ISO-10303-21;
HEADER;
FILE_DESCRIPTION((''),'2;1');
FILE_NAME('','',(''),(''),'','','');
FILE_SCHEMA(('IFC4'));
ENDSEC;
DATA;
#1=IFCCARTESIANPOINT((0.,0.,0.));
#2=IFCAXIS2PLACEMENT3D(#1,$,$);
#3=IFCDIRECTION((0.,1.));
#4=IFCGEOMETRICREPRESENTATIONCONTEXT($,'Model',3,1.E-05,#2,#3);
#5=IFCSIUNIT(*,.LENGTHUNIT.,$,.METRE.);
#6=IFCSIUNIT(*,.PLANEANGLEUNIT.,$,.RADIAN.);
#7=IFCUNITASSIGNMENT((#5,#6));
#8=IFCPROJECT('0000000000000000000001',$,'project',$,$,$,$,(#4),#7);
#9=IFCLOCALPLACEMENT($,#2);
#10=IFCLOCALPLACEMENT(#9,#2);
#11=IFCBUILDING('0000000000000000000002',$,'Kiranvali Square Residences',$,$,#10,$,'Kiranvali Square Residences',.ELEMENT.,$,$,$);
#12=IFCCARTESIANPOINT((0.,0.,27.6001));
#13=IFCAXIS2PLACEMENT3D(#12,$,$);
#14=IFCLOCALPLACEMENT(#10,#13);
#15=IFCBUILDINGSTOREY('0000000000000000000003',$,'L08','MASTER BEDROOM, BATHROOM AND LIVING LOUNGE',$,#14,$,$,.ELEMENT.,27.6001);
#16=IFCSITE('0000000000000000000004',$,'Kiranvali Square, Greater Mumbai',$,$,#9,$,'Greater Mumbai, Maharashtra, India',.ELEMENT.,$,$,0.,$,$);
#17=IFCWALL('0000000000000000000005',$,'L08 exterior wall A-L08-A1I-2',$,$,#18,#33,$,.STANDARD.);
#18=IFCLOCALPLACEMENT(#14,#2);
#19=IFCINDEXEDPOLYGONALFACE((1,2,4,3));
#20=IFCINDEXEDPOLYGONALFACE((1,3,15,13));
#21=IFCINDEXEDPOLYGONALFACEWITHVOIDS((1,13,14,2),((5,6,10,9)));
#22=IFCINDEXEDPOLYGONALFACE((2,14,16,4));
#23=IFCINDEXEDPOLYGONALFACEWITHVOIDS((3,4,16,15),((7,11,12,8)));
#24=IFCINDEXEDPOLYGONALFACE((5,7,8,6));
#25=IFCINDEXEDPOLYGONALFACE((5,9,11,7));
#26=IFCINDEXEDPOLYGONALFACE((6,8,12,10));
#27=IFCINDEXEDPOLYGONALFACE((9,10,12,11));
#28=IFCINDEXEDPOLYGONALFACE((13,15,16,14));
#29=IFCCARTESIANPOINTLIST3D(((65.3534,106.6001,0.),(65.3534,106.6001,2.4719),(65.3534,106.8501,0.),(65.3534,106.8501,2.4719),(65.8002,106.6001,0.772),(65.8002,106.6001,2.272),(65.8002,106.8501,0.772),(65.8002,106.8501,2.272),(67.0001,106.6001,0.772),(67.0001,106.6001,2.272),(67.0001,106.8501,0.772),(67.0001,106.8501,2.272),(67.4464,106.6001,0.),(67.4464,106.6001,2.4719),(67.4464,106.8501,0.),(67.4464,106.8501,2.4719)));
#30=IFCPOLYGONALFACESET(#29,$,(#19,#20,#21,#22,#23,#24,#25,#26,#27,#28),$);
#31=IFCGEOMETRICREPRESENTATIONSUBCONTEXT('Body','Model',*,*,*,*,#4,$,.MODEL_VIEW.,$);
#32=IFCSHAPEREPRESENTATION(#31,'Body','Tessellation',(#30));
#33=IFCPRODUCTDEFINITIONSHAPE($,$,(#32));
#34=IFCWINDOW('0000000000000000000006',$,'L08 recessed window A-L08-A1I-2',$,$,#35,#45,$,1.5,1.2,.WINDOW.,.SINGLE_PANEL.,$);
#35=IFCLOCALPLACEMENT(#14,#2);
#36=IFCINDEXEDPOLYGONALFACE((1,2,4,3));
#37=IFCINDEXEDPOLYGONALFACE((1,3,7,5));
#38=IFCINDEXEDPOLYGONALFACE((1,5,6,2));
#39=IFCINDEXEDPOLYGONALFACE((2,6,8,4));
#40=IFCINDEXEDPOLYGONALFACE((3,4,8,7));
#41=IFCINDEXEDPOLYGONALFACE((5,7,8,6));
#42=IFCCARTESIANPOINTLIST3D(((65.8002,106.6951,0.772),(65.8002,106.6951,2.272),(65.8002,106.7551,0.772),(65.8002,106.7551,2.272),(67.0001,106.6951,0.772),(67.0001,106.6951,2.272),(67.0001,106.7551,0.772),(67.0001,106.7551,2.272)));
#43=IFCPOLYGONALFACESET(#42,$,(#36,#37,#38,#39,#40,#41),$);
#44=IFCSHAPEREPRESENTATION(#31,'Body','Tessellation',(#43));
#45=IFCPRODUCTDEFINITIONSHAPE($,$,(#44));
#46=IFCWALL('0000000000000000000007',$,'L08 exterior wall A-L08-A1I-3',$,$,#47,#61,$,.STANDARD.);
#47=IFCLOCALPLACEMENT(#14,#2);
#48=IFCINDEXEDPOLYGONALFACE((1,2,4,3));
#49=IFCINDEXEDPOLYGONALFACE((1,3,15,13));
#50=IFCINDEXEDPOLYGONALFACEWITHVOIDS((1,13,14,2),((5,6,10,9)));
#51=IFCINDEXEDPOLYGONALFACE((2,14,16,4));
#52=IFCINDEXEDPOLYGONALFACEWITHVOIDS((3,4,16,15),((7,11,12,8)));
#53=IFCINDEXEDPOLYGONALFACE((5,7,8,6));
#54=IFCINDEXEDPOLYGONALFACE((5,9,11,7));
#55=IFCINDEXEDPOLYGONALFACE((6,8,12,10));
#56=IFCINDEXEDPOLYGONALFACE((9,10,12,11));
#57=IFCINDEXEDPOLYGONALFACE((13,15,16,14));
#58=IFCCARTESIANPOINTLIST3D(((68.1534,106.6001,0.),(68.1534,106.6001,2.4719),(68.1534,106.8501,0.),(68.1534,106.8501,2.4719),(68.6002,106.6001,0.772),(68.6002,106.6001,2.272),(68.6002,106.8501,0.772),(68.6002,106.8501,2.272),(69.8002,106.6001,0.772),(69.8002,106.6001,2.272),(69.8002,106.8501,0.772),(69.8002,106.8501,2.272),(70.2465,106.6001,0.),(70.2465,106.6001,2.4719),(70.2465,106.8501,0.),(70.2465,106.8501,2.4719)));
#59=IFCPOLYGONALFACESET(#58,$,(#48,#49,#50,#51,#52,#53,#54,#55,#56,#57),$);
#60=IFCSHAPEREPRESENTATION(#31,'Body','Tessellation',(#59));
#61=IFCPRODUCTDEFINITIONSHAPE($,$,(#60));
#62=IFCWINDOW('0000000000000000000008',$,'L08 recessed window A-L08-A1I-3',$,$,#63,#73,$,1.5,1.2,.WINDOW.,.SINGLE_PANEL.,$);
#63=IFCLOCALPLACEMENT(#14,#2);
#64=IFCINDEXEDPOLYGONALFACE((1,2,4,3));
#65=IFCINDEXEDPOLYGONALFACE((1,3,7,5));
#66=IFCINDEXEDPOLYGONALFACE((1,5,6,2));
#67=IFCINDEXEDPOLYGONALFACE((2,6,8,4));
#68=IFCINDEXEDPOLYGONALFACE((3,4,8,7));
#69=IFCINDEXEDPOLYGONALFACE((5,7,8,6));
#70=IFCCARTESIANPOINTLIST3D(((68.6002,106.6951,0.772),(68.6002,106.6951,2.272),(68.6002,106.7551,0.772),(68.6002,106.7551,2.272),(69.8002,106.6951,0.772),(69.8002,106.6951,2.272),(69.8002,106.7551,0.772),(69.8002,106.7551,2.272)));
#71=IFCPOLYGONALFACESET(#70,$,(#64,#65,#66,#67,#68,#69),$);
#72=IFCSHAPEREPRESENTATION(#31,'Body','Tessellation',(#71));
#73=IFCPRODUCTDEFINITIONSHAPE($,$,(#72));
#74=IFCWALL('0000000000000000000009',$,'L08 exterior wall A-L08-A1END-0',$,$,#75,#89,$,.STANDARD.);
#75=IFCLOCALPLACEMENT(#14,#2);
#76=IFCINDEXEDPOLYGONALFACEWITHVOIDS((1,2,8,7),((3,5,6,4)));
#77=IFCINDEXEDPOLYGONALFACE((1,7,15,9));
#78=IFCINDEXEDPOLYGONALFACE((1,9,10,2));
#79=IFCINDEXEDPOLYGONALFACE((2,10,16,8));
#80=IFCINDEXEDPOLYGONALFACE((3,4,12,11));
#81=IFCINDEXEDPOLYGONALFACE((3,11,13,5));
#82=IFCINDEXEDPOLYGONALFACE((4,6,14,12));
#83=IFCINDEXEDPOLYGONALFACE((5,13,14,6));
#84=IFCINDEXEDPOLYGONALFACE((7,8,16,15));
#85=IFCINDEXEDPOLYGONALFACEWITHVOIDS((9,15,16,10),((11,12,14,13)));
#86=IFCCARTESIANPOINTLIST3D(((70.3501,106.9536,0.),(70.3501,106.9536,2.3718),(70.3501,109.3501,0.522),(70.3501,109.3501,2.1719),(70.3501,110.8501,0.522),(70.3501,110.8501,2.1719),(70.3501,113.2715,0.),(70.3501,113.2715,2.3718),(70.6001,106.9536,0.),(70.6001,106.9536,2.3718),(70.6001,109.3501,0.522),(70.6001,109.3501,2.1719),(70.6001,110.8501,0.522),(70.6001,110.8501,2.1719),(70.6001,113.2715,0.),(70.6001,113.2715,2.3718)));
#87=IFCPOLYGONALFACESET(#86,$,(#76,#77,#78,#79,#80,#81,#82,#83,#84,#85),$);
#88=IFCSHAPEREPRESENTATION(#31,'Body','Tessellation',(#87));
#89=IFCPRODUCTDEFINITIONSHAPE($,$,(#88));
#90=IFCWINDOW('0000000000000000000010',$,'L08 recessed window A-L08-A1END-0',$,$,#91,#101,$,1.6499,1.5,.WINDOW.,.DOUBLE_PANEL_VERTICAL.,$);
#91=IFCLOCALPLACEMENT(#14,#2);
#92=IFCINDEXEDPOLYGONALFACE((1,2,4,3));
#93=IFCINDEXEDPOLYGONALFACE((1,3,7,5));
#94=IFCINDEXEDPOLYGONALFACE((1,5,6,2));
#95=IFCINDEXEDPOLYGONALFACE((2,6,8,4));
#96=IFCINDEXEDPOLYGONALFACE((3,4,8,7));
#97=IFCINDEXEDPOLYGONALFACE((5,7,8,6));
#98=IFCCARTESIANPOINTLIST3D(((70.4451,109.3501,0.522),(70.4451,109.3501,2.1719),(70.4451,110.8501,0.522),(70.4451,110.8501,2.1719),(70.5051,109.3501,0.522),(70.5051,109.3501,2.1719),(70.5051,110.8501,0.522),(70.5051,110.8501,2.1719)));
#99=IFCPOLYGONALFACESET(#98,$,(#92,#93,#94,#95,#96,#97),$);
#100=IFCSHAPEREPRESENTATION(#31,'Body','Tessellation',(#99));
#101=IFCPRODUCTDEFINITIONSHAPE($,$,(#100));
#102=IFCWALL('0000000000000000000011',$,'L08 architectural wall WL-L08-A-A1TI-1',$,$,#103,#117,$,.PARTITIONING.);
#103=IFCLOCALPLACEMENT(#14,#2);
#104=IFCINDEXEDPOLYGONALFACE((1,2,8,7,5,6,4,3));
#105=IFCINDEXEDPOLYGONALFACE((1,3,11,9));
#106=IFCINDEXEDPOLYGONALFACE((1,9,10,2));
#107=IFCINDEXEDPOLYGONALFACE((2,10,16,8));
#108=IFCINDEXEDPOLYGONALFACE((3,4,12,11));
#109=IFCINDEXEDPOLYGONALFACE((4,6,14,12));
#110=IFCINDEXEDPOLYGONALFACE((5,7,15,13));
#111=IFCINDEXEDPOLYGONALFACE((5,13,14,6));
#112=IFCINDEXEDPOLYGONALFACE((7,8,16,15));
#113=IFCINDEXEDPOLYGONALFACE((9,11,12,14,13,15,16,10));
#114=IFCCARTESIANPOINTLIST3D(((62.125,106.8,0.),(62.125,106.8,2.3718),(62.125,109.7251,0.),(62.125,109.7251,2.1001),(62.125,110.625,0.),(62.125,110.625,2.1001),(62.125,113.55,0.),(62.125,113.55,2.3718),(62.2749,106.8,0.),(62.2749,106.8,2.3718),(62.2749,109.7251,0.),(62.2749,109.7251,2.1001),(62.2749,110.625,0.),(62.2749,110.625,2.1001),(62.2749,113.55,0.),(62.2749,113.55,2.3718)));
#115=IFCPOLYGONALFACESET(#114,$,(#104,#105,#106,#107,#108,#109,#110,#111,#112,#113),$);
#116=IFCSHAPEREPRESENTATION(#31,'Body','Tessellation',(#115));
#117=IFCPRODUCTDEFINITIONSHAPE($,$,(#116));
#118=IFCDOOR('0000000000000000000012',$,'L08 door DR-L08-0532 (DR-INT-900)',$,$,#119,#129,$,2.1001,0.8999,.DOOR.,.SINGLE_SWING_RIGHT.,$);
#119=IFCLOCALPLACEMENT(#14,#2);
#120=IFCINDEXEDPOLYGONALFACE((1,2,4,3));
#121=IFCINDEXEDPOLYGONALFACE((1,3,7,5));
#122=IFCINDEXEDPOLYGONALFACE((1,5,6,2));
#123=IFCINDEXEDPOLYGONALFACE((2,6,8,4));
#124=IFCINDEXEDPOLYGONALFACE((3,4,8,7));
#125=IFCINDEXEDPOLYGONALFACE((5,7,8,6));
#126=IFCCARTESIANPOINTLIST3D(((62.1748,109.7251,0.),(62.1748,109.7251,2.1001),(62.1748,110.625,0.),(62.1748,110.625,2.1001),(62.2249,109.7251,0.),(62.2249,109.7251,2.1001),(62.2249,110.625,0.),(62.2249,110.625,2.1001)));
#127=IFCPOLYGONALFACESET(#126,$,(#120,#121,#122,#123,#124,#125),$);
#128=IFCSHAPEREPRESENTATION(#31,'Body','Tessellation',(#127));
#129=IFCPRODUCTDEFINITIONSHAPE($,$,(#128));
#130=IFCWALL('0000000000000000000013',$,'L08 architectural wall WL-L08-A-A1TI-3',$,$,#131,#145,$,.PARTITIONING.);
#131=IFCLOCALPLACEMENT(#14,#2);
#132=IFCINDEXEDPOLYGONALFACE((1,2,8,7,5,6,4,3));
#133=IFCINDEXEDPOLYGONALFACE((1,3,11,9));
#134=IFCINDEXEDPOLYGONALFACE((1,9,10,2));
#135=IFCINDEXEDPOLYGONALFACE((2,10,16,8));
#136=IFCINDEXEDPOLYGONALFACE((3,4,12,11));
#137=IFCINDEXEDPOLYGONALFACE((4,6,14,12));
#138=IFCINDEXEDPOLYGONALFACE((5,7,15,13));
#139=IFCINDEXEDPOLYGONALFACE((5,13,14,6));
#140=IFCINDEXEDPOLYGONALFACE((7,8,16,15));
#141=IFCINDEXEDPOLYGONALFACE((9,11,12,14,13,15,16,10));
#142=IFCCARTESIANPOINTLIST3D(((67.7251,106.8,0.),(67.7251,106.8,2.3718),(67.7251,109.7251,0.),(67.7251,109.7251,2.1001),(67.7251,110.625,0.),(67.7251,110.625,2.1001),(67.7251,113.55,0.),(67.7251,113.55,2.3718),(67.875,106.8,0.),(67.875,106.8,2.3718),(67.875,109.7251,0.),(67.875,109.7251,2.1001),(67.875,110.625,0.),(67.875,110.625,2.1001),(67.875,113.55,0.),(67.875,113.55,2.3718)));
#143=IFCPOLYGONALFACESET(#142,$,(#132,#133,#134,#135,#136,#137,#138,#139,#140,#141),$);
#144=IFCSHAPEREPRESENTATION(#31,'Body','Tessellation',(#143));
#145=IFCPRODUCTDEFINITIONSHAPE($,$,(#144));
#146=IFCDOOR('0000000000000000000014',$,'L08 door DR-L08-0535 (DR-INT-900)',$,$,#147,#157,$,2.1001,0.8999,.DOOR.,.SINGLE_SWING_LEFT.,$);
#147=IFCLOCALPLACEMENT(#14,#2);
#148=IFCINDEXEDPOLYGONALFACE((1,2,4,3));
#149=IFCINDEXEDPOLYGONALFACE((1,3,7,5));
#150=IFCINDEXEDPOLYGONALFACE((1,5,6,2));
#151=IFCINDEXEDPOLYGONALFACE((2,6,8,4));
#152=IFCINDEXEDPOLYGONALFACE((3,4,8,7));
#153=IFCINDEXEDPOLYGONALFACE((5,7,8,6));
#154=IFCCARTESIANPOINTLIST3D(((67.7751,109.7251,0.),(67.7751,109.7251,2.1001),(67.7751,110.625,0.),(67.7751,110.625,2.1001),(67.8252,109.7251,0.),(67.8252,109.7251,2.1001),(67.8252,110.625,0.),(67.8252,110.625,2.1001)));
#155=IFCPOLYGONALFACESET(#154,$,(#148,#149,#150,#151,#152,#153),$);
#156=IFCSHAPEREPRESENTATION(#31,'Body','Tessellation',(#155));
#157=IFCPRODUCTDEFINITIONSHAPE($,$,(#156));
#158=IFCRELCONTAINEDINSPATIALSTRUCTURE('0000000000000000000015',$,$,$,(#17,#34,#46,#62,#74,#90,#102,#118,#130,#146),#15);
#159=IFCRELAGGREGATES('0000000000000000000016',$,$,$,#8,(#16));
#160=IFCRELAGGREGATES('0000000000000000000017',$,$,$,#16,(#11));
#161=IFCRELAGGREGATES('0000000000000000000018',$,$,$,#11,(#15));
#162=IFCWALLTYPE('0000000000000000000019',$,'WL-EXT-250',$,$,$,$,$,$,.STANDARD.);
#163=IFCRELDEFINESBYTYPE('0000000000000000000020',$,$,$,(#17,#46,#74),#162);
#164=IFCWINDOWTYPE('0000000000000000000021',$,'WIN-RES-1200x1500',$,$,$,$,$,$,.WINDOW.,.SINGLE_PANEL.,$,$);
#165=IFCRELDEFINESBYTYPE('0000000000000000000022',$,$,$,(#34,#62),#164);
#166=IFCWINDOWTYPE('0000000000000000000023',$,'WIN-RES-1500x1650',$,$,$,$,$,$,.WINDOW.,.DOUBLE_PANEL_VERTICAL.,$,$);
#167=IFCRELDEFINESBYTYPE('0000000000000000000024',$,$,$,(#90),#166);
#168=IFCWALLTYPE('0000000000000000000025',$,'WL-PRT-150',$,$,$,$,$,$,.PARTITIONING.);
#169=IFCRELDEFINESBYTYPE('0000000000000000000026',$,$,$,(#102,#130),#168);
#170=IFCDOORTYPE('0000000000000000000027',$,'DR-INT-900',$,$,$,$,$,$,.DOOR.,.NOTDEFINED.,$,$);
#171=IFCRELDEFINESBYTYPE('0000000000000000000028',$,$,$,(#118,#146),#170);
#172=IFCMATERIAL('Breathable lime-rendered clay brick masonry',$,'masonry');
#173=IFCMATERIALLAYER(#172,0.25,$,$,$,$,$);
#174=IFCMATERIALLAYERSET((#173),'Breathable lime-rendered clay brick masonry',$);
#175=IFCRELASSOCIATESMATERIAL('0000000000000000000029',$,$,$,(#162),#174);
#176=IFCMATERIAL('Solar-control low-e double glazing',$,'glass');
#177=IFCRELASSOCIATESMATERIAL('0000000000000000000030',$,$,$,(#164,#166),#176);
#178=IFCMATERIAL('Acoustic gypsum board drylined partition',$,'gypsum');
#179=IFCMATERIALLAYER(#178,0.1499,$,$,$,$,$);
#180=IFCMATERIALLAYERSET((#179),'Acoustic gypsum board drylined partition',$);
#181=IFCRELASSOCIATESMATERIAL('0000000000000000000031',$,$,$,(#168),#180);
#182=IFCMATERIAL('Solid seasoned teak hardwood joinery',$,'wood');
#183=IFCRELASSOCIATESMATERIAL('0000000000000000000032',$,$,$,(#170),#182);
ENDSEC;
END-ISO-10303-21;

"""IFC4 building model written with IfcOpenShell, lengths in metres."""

from ifc_helpers import new_model, si_unit, direction, frame, frame_2d, origin, place, context, subcontext, project, spatial, rectangle, extrude, material, layer, layer_set, type_object, element, fill, save


model = new_model("IFC4")

# Units and contexts
model_context = context("Model", 3, precision=1e-05, world=origin(), true_north=direction((0.0, 1.0)))
body_context = subcontext(model_context, "Body", "Model", "MODEL_VIEW")
ifc_project = project(units=[si_unit("LENGTHUNIT", "METRE"), si_unit("PLANEANGLEUNIT", "RADIAN")], contexts=[model_context])

# Site, building, storey
site_placement = place(None, origin())
site = spatial("IfcSite", under=ifc_project, at=site_placement, Name="Kiranvali Square, Greater Mumbai", LongName="Greater Mumbai, Maharashtra, India", CompositionType="ELEMENT", RefElevation=0.0)
building_placement = place(site_placement, origin())
building = spatial("IfcBuilding", under=site, at=building_placement, Name="Kiranvali Square Residences", LongName="Kiranvali Square Residences", CompositionType="ELEMENT")
storey_placement = place(building_placement, frame((0.0, 0.0, 27.6001)))
storey = spatial("IfcBuildingStorey", under=building, at=storey_placement, Name="L08", Description="MASTER BEDROOM, BATHROOM AND LIVING LOUNGE", CompositionType="ELEMENT", Elevation=27.6001)

# Walls, openings, windows
ifc_material_1 = material(Name="Breathable lime-rendered clay brick masonry", Category="masonry")
ifc_layer_1 = layer(ifc_material_1, 0.25)
ifc_layer_set_1 = layer_set([ifc_layer_1], Name="Breathable lime-rendered clay brick masonry")
wall_type_1 = type_object("IfcWallType", Name="WL-EXT-250", PredefinedType="STANDARD", material=ifc_layer_set_1)
ifc_material_2 = material(Name="Solar-control low-e double glazing", Category="glass")
window_type_1 = type_object("IfcWindowType", Name="WIN-RES-1200x1500", PartitioningType="SINGLE_PANEL", PredefinedType="WINDOW", material=ifc_material_2)
wall_1_placement = place(storey_placement, frame((65.3535, 106.7251, 0.0), z_axis=(0.0, 0.0, 1.0), x_axis=(1.0, 0.0, 0.0)))
wall_1 = element("IfcWall", 1, at=wall_1_placement, inside=storey, type_object=wall_type_1, Name="L08 exterior wall A-L08-A1I-2", PredefinedType="STANDARD", context=body_context, shape_type="SweptSolid", body=[
    extrude(rectangle(XDim=2.093, YDim=0.25, at=frame_2d((1.0464, 0.0))), origin(), (0.0, 0.0, 1.0), 2.4719),
])
opening_1_placement = place(wall_1_placement, frame((0.4465, 0.0, 0.772)))
opening_1 = element("IfcOpeningElement", 2, at=opening_1_placement, cuts=wall_1, PredefinedType="OPENING", context=body_context, shape_type="SweptSolid", body=[
    extrude(rectangle(XDim=1.2, YDim=1.5, at=frame_2d((0.6001, 0.75))), frame((0.0, 0.135, 0.0), z_axis=(0.0, -1.0, 0.0), x_axis=(1.0, 0.0, 0.0)), (0.0, 0.0, 1.0), 0.27),
])
window_1_placement = place(opening_1_placement, origin())
window_1 = element("IfcWindow", 3, at=window_1_placement, inside=storey, type_object=window_type_1, Name="L08 recessed window A-L08-A1I-2", OverallHeight=1.5, OverallWidth=1.2, PartitioningType="SINGLE_PANEL", PredefinedType="WINDOW", context=body_context, shape_type="SweptSolid", body=[
    extrude(rectangle(XDim=1.2, YDim=1.5, at=frame_2d((0.6001, 0.75))), frame((0.0, 0.03, 0.0), z_axis=(0.0, -1.0, 0.0), x_axis=(1.0, 0.0, 0.0)), (0.0, 0.0, 1.0), 0.0601),
])
fill(opening_1, window_1)
wall_2_placement = place(storey_placement, frame((68.1536, 106.7251, 0.0), z_axis=(0.0, 0.0, 1.0), x_axis=(1.0, 0.0, 0.0)))
wall_2 = element("IfcWall", 4, at=wall_2_placement, inside=storey, type_object=wall_type_1, Name="L08 exterior wall A-L08-A1I-3", PredefinedType="STANDARD", context=body_context, shape_type="SweptSolid", body=[
    extrude(rectangle(XDim=2.093, YDim=0.25, at=frame_2d((1.0464, 0.0))), origin(), (0.0, 0.0, 1.0), 2.4719),
])
opening_2_placement = place(wall_2_placement, frame((0.4465, 0.0, 0.772)))
opening_2 = element("IfcOpeningElement", 5, at=opening_2_placement, cuts=wall_2, PredefinedType="OPENING", context=body_context, shape_type="SweptSolid", body=[
    extrude(rectangle(XDim=1.2, YDim=1.5, at=frame_2d((0.6001, 0.75))), frame((0.0, 0.135, 0.0), z_axis=(0.0, -1.0, 0.0), x_axis=(1.0, 0.0, 0.0)), (0.0, 0.0, 1.0), 0.27),
])
window_2_placement = place(opening_2_placement, origin())
window_2 = element("IfcWindow", 6, at=window_2_placement, inside=storey, type_object=window_type_1, Name="L08 recessed window A-L08-A1I-3", OverallHeight=1.5, OverallWidth=1.2, PartitioningType="SINGLE_PANEL", PredefinedType="WINDOW", context=body_context, shape_type="SweptSolid", body=[
    extrude(rectangle(XDim=1.2, YDim=1.5, at=frame_2d((0.6001, 0.75))), frame((0.0, 0.03, 0.0), z_axis=(0.0, -1.0, 0.0), x_axis=(1.0, 0.0, 0.0)), (0.0, 0.0, 1.0), 0.0601),
])
fill(opening_2, window_2)
wall_3_placement = place(storey_placement, frame((70.4751, 106.9536, 0.0), z_axis=(0.0, 0.0, 1.0), x_axis=(0.0, 1.0, 0.0)))
wall_3 = element("IfcWall", 7, at=wall_3_placement, inside=storey, type_object=wall_type_1, Name="L08 exterior wall A-L08-A1END-0", PredefinedType="STANDARD", context=body_context, shape_type="SweptSolid", body=[
    extrude(rectangle(XDim=6.3179, YDim=0.25, at=frame_2d((3.1589, 0.0))), origin(), (0.0, 0.0, 1.0), 2.3718),
])
opening_3_placement = place(wall_3_placement, frame((2.3965, 0.0, 0.522)))
opening_3 = element("IfcOpeningElement", 8, at=opening_3_placement, cuts=wall_3, PredefinedType="OPENING", context=body_context, shape_type="SweptSolid", body=[
    extrude(rectangle(XDim=1.5, YDim=1.6499, at=frame_2d((0.75, 0.825))), frame((0.0, 0.135, 0.0), z_axis=(0.0, -1.0, 0.0), x_axis=(1.0, 0.0, 0.0)), (0.0, 0.0, 1.0), 0.27),
])
window_type_2 = type_object("IfcWindowType", Name="WIN-RES-1500x1650", PartitioningType="DOUBLE_PANEL_VERTICAL", PredefinedType="WINDOW", material=ifc_material_2)
window_3_placement = place(opening_3_placement, origin())
window_3 = element("IfcWindow", 9, at=window_3_placement, inside=storey, type_object=window_type_2, Name="L08 recessed window A-L08-A1END-0", OverallHeight=1.6499, OverallWidth=1.5, PartitioningType="DOUBLE_PANEL_VERTICAL", PredefinedType="WINDOW", context=body_context, shape_type="SweptSolid", body=[
    extrude(rectangle(XDim=1.5, YDim=1.6499, at=frame_2d((0.75, 0.825))), frame((0.0, 0.03, 0.0), z_axis=(0.0, -1.0, 0.0), x_axis=(1.0, 0.0, 0.0)), (0.0, 0.0, 1.0), 0.0601),
])
fill(opening_3, window_3)

# Walls, openings, doors
ifc_material_3 = material(Name="Acoustic gypsum board drylined partition", Category="gypsum")
ifc_layer_2 = layer(ifc_material_3, 0.1499)
ifc_layer_set_2 = layer_set([ifc_layer_2], Name="Acoustic gypsum board drylined partition")
wall_type_2 = type_object("IfcWallType", Name="WL-PRT-150", PredefinedType="PARTITIONING", material=ifc_layer_set_2)
wall_4_placement = place(storey_placement, frame((62.2, 106.8, 0.0), z_axis=(0.0, 0.0, 1.0), x_axis=(0.0, 1.0, 0.0)))
wall_4 = element("IfcWall", 10, at=wall_4_placement, inside=storey, type_object=wall_type_2, Name="L08 architectural wall WL-L08-A-A1TI-1", PredefinedType="PARTITIONING", context=body_context, shape_type="SweptSolid", body=[
    extrude(rectangle(XDim=6.75, YDim=0.1499, at=frame_2d((3.375, 0.0))), origin(), (0.0, 0.0, 1.0), 2.3718),
])
opening_4_placement = place(wall_4_placement, frame((2.925, 0.0, 0.0)))
opening_4 = element("IfcOpeningElement", 11, at=opening_4_placement, cuts=wall_4, PredefinedType="OPENING", context=body_context, shape_type="SweptSolid", body=[
    extrude(rectangle(XDim=0.8999, YDim=2.1001, at=frame_2d((0.45, 1.05))), frame((0.0, 0.085, 0.0), z_axis=(0.0, -1.0, 0.0), x_axis=(1.0, 0.0, 0.0)), (0.0, 0.0, 1.0), 0.1699),
])
ifc_material_4 = material(Name="Solid seasoned teak hardwood joinery", Category="wood")
door_type_1 = type_object("IfcDoorType", Name="DR-INT-900", OperationType="NOTDEFINED", PredefinedType="DOOR", material=ifc_material_4)
door_1_placement = place(opening_4_placement, frame((0.8999, 0.0, 0.0), z_axis=(0.0, 0.0, 1.0), x_axis=(-1.0, 0.0, 0.0)))
door_1 = element("IfcDoor", 12, at=door_1_placement, inside=storey, type_object=door_type_1, Name="L08 door DR-L08-0532 (DR-INT-900)", OperationType="SINGLE_SWING_RIGHT", OverallHeight=2.1001, OverallWidth=0.8999, PredefinedType="DOOR", context=body_context, shape_type="SweptSolid", body=[
    extrude(rectangle(XDim=0.8999, YDim=2.1001, at=frame_2d((0.45, 1.05))), frame((0.0, 0.0249, 0.0), z_axis=(0.0, -1.0, 0.0), x_axis=(1.0, 0.0, 0.0)), (0.0, 0.0, 1.0), 0.05),
])
fill(opening_4, door_1)
wall_5_placement = place(storey_placement, frame((67.8, 106.8, 0.0), z_axis=(0.0, 0.0, 1.0), x_axis=(0.0, 1.0, 0.0)))
wall_5 = element("IfcWall", 13, at=wall_5_placement, inside=storey, type_object=wall_type_2, Name="L08 architectural wall WL-L08-A-A1TI-3", PredefinedType="PARTITIONING", context=body_context, shape_type="SweptSolid", body=[
    extrude(rectangle(XDim=6.75, YDim=0.1499, at=frame_2d((3.375, 0.0))), origin(), (0.0, 0.0, 1.0), 2.3718),
])
opening_5_placement = place(wall_5_placement, frame((2.925, 0.0, 0.0)))
opening_5 = element("IfcOpeningElement", 14, at=opening_5_placement, cuts=wall_5, PredefinedType="OPENING", context=body_context, shape_type="SweptSolid", body=[
    extrude(rectangle(XDim=0.8999, YDim=2.1001, at=frame_2d((0.45, 1.05))), frame((0.0, 0.085, 0.0), z_axis=(0.0, -1.0, 0.0), x_axis=(1.0, 0.0, 0.0)), (0.0, 0.0, 1.0), 0.1699),
])
door_2_placement = place(opening_5_placement, origin())
door_2 = element("IfcDoor", 15, at=door_2_placement, inside=storey, type_object=door_type_1, Name="L08 door DR-L08-0535 (DR-INT-900)", OperationType="SINGLE_SWING_LEFT", OverallHeight=2.1001, OverallWidth=0.8999, PredefinedType="DOOR", context=body_context, shape_type="SweptSolid", body=[
    extrude(rectangle(XDim=0.8999, YDim=2.1001, at=frame_2d((0.45, 1.05))), frame((0.0, 0.0249, 0.0), z_axis=(0.0, -1.0, 0.0), x_axis=(1.0, 0.0, 0.0)), (0.0, 0.0, 1.0), 0.05),
])
fill(opening_5, door_2)

save(model, "model.ifc")
